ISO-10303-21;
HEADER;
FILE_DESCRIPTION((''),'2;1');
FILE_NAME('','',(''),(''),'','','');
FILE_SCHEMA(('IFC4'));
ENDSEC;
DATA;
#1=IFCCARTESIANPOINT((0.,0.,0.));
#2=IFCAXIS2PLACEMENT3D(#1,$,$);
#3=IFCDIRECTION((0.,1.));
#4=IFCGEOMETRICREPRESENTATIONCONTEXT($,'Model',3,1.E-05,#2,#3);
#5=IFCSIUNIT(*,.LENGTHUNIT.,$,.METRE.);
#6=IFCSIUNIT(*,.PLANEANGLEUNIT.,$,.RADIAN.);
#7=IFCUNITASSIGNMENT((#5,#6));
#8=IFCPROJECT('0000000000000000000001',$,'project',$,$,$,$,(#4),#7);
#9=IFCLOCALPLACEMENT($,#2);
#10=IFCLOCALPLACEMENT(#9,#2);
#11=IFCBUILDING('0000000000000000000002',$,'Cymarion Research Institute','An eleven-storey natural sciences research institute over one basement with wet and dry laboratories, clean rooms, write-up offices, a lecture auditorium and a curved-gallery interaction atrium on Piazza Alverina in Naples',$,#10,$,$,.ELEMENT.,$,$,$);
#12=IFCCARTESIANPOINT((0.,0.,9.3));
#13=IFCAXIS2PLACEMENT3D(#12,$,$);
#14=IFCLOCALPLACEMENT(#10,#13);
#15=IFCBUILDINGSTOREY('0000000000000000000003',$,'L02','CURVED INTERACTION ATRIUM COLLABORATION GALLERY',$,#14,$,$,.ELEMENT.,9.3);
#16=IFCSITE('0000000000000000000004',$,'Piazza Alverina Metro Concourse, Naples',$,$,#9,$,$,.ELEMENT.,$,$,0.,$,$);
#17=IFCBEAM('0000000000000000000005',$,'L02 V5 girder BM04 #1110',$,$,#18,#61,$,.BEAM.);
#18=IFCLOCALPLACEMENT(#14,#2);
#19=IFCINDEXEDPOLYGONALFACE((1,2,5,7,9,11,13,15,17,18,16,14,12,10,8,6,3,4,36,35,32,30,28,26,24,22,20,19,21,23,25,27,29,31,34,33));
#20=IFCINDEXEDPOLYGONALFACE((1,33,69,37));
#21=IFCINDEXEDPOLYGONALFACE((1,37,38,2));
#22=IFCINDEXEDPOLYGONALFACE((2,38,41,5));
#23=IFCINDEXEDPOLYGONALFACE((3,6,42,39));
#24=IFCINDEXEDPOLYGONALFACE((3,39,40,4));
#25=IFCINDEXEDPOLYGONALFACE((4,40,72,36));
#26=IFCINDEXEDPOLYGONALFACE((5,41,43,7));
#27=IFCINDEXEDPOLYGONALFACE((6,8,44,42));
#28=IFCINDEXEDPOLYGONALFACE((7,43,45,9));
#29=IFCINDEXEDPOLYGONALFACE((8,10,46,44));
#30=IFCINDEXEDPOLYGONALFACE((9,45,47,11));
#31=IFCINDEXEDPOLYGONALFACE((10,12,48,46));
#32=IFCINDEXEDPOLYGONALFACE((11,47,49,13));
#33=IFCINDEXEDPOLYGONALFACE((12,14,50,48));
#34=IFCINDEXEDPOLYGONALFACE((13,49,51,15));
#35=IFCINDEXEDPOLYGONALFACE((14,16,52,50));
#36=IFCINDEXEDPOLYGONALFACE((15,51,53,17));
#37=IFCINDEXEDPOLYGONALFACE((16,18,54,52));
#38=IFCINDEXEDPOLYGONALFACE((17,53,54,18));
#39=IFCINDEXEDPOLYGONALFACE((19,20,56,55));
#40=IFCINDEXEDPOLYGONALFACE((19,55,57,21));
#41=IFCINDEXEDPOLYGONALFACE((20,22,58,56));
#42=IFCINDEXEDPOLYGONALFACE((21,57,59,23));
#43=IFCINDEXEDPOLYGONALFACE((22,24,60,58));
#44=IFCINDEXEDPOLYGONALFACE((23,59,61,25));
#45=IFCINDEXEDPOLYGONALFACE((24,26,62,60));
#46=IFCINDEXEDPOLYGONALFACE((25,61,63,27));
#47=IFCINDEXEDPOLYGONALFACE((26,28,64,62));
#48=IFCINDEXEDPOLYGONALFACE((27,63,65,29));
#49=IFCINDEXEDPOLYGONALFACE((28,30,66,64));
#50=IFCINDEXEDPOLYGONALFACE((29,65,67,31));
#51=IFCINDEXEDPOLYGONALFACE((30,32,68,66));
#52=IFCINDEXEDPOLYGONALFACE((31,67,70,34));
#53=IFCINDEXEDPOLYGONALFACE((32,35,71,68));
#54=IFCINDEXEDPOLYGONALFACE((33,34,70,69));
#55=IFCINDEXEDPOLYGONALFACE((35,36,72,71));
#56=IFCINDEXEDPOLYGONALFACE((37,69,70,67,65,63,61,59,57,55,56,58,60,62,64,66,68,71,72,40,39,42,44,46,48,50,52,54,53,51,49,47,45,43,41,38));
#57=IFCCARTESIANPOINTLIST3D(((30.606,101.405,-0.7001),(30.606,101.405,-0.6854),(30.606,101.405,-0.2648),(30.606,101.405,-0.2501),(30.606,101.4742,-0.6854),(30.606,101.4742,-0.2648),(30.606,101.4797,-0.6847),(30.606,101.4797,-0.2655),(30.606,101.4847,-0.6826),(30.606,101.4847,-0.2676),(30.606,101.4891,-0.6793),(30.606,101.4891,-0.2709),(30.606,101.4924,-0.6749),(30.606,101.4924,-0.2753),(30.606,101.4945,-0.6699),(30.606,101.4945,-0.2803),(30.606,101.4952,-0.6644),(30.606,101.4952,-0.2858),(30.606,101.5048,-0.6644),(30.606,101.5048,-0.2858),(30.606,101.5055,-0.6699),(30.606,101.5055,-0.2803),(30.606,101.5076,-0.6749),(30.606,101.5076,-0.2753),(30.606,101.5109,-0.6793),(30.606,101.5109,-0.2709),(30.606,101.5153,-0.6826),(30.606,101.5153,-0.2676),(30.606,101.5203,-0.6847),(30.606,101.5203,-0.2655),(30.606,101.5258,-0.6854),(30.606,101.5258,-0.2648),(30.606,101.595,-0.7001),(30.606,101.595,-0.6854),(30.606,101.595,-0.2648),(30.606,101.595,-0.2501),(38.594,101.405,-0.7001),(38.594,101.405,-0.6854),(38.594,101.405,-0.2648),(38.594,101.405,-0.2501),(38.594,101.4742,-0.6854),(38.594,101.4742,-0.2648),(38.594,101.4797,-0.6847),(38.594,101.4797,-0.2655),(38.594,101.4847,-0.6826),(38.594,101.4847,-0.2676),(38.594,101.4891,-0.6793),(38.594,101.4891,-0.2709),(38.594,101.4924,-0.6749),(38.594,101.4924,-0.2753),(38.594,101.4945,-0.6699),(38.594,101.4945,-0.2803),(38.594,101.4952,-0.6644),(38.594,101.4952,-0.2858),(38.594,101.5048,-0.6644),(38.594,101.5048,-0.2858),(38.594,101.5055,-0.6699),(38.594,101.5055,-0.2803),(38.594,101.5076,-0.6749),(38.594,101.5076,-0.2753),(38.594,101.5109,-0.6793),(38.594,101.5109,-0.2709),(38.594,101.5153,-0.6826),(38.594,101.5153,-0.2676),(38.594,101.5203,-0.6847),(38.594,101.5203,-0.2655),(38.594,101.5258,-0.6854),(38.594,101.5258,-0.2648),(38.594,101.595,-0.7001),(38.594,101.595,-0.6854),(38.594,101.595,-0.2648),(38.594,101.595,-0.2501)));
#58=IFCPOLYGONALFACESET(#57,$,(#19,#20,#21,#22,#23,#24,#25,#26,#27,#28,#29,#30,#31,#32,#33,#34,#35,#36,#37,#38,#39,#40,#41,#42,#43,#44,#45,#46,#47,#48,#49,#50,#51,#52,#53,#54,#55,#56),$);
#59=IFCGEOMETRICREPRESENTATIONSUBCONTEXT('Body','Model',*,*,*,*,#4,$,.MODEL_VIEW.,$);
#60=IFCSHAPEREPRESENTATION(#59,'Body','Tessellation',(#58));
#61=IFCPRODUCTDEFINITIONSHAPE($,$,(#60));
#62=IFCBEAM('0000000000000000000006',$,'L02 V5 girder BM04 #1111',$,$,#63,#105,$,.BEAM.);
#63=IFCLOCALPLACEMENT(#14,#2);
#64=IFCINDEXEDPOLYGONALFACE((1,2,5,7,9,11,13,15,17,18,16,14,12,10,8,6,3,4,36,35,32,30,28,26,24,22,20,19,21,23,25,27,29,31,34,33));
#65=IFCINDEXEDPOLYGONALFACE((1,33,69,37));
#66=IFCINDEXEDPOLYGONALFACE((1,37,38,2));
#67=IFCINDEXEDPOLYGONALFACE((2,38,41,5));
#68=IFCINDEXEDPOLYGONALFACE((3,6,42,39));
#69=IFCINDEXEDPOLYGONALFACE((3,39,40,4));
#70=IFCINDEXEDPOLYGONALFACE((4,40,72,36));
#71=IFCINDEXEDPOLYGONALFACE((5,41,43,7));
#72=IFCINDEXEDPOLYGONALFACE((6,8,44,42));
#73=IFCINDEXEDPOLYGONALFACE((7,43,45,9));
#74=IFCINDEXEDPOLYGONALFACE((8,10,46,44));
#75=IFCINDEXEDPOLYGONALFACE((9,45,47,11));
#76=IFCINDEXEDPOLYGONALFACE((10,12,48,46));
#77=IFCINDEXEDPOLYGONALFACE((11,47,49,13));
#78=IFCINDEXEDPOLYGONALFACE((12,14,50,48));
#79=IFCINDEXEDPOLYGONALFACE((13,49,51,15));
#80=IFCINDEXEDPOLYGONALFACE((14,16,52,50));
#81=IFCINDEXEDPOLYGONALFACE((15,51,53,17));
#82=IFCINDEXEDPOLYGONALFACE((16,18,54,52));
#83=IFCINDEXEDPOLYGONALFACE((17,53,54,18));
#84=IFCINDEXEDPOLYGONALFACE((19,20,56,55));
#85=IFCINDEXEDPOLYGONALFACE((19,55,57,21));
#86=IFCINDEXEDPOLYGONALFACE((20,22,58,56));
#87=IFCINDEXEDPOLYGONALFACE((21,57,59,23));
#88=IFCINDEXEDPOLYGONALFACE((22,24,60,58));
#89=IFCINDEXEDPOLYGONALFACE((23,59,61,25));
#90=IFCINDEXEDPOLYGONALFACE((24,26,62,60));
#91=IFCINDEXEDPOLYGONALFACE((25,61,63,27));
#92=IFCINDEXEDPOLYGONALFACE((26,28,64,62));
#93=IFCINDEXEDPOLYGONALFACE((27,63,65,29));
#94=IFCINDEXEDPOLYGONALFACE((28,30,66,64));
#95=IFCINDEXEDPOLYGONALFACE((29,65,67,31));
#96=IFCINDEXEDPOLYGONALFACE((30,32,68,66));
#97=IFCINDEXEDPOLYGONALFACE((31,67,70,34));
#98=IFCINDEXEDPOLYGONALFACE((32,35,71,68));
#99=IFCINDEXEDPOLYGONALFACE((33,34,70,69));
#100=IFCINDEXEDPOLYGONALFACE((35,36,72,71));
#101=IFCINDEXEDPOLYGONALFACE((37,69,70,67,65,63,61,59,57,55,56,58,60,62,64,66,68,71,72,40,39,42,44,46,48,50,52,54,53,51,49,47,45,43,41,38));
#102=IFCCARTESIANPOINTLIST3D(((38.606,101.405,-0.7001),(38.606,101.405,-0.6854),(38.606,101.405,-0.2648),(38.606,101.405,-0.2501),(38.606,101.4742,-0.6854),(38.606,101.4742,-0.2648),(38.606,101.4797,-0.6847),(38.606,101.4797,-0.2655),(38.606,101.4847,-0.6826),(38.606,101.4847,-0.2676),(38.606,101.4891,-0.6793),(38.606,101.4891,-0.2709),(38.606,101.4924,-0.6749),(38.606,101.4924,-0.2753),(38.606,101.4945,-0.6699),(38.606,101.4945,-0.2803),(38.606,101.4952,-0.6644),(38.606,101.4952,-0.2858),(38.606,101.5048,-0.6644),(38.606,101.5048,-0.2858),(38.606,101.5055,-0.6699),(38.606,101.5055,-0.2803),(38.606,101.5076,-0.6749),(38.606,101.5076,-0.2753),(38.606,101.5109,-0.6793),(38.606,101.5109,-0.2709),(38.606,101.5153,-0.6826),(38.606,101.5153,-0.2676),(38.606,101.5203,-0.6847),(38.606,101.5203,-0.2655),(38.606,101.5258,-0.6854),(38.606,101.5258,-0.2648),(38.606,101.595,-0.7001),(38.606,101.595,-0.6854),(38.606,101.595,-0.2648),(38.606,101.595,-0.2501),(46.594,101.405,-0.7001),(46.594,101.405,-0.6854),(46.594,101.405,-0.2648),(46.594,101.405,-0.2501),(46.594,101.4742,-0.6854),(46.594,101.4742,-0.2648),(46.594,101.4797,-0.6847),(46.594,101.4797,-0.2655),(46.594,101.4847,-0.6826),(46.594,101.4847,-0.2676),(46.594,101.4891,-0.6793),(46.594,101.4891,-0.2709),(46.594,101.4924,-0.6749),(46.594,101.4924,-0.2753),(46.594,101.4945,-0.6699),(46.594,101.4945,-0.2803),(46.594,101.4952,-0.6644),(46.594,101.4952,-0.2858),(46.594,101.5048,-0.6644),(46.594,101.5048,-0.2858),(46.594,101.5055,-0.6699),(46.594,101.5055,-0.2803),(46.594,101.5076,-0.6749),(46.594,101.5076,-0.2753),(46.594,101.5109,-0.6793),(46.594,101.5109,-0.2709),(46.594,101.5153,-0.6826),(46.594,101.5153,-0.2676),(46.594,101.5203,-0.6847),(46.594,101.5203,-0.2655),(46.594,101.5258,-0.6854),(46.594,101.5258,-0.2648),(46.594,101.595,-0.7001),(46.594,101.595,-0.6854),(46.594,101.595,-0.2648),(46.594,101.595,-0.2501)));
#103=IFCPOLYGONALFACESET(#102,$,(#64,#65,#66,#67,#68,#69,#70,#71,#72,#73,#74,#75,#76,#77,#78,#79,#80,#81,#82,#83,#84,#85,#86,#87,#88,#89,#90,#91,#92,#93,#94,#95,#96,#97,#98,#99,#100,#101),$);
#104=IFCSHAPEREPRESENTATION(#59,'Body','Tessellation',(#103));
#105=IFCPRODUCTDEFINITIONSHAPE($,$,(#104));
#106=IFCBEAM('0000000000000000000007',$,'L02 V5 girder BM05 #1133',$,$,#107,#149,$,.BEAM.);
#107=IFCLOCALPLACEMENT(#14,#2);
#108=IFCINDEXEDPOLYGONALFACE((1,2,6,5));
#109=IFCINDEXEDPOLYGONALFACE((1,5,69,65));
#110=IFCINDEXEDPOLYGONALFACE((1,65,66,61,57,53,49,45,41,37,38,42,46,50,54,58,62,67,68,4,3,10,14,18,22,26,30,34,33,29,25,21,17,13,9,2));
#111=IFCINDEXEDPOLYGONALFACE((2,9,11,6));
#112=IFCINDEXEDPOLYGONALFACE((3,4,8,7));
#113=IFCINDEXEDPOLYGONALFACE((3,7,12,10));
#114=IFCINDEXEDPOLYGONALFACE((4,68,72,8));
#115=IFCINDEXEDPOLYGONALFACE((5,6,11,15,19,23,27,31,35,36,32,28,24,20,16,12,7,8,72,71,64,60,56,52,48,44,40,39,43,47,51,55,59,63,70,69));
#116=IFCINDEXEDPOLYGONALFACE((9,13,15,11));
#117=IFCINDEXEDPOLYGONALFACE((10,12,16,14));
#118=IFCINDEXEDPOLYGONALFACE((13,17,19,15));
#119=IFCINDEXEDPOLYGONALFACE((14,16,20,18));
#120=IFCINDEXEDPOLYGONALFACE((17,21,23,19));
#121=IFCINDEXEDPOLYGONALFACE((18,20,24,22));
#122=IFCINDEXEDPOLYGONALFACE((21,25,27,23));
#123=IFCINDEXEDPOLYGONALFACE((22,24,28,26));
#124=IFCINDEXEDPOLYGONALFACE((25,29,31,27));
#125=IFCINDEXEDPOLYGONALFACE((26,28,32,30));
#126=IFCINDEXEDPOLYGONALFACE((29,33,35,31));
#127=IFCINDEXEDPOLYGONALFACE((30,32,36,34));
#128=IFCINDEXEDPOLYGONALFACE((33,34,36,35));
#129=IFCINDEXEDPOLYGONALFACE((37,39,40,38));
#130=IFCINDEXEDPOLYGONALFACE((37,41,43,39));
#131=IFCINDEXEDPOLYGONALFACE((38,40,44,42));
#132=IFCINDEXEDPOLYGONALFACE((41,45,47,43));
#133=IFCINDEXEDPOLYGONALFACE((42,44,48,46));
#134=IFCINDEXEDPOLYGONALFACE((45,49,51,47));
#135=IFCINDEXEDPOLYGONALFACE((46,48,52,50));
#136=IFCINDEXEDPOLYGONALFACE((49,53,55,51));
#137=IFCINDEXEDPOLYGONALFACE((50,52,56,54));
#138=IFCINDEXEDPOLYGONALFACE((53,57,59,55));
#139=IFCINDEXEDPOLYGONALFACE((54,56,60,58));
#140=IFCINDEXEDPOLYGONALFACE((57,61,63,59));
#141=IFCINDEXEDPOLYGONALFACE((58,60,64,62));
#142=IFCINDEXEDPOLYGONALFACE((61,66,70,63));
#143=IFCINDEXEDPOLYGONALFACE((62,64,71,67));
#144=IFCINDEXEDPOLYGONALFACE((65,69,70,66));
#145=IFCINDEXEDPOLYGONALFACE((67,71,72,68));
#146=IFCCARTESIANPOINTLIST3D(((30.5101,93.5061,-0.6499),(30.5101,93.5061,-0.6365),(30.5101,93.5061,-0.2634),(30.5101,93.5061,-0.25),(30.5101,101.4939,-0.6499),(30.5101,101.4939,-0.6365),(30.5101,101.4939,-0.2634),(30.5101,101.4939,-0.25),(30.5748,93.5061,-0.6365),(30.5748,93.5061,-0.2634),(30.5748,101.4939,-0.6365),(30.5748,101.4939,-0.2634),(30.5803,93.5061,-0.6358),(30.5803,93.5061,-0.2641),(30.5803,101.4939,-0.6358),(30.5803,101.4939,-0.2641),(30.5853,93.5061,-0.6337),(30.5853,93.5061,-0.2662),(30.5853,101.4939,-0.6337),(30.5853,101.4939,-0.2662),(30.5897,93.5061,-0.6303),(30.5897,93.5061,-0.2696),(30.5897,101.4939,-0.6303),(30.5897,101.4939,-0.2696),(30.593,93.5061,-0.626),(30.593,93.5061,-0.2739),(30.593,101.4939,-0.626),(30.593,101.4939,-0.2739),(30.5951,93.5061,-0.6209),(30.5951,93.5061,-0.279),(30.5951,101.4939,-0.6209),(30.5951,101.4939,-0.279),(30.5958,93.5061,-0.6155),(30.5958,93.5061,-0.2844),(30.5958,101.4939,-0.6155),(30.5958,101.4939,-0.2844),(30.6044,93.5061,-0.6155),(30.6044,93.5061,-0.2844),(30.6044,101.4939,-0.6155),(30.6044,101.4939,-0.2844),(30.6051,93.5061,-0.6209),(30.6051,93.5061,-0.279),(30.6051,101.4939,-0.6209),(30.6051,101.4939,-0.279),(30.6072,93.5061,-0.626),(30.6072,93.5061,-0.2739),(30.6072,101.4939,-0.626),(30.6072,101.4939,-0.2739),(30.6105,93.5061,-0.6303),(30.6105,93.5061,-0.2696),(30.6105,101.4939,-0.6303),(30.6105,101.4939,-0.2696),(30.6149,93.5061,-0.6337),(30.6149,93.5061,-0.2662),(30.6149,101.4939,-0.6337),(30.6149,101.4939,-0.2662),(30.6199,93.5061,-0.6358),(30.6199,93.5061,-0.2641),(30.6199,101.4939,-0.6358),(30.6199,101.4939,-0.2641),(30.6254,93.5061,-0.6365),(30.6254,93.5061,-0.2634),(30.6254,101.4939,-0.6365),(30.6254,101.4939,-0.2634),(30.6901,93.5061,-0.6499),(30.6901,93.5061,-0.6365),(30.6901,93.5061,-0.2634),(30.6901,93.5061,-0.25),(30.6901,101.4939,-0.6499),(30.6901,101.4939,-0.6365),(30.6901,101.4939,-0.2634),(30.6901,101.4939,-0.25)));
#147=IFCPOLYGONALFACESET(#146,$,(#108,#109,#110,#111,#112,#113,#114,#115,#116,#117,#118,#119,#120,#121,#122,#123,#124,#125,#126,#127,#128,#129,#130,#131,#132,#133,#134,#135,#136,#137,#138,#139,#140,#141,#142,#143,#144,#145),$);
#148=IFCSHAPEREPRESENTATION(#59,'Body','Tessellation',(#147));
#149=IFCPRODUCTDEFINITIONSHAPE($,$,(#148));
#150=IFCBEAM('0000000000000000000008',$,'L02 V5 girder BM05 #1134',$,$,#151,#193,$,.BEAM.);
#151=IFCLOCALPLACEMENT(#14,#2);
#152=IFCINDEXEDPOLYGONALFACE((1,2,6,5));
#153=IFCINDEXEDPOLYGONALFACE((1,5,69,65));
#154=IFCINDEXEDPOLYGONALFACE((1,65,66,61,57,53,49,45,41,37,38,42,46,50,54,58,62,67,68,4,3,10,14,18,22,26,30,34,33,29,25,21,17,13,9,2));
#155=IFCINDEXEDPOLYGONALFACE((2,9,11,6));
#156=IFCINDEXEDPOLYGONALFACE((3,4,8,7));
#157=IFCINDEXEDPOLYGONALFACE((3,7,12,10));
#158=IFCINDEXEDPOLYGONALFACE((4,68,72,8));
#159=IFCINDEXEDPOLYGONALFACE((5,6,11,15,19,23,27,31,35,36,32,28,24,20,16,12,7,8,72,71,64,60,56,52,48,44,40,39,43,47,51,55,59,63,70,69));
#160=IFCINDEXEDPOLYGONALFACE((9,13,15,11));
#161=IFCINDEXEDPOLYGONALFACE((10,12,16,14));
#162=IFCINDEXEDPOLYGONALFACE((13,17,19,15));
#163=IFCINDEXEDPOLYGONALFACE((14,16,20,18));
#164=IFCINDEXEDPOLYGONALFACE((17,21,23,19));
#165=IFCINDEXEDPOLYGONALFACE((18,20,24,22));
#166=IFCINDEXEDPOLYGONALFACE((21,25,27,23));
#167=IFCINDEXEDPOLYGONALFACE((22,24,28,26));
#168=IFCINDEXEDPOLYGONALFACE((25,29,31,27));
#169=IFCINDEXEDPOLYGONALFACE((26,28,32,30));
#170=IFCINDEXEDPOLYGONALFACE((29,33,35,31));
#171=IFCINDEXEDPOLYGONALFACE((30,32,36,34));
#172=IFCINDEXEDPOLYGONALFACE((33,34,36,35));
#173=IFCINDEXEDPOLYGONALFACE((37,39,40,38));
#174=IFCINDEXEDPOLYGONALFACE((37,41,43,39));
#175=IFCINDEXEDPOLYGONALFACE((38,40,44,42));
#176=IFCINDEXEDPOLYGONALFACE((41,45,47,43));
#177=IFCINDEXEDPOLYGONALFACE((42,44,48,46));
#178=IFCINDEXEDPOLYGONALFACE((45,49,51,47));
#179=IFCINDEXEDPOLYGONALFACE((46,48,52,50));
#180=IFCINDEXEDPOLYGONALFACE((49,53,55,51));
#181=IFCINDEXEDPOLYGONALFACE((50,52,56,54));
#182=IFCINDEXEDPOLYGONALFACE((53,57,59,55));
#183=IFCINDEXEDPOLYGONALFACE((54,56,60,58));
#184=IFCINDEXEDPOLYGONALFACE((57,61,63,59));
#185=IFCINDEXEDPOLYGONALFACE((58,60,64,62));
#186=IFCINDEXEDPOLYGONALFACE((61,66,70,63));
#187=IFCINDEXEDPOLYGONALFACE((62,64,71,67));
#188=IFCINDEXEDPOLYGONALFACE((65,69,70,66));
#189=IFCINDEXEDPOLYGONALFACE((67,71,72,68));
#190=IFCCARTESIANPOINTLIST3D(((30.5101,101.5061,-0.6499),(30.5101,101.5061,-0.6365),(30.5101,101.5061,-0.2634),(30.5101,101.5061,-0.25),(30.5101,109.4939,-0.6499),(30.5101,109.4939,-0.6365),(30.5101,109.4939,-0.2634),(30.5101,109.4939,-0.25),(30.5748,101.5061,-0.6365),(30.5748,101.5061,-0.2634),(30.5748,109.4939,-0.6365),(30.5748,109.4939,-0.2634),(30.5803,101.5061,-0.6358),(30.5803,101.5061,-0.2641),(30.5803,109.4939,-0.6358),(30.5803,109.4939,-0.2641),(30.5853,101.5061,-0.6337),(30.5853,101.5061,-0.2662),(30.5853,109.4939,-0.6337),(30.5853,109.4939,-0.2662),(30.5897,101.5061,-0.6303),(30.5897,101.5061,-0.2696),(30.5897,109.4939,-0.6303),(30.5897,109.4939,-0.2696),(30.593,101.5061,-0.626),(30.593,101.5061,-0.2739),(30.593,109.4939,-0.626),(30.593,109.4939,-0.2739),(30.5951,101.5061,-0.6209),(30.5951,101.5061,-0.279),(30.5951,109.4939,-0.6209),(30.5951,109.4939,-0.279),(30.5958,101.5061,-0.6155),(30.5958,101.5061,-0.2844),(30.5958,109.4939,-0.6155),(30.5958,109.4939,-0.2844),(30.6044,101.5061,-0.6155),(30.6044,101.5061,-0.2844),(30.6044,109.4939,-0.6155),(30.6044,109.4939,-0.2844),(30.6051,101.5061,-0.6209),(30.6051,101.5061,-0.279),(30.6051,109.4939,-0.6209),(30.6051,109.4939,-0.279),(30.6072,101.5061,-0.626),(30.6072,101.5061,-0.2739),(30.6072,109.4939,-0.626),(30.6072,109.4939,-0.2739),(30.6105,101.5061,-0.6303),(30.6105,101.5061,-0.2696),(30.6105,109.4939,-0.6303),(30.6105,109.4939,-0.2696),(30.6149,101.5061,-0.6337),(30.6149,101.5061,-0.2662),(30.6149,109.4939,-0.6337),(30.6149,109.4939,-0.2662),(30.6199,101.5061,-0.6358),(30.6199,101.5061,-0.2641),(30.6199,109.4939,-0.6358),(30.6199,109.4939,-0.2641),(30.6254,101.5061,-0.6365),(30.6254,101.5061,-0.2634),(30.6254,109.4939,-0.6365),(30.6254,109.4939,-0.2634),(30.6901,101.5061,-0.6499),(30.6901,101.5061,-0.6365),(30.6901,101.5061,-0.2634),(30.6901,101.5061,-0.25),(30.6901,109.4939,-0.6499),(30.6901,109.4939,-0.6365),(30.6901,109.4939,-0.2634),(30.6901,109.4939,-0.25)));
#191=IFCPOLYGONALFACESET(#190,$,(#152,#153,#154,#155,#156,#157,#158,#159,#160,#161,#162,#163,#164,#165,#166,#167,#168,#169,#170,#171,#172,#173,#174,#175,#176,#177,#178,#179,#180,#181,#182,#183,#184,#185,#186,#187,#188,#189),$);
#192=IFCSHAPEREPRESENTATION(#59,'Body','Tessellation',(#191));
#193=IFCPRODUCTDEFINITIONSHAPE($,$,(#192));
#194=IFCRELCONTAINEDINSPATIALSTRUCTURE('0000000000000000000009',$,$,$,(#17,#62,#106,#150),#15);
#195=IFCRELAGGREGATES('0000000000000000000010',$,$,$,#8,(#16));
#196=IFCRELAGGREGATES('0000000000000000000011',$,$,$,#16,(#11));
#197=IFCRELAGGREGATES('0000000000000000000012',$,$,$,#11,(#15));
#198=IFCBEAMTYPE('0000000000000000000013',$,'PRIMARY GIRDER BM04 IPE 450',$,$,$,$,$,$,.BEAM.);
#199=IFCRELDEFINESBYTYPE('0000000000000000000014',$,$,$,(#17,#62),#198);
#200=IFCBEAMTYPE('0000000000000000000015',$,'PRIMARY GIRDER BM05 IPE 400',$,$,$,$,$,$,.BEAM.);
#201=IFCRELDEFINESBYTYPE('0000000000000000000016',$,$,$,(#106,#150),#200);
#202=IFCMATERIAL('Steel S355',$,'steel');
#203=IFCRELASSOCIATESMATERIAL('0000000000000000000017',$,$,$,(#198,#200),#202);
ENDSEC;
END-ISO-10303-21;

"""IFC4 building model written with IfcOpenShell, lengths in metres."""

from ifc_helpers import new_model, si_unit, direction, frame, origin, origin_2d, place, context, subcontext, project, spatial, i_section, extrude, material, material_profile, profile_set, type_object, element, save


model = new_model("IFC4")

# Units and contexts
model_context = context("Model", 3, precision=1e-05, world=origin(), true_north=direction((0.0, 1.0)))
body_context = subcontext(model_context, "Body", "Model", "MODEL_VIEW")
ifc_project = project(units=[si_unit("LENGTHUNIT", "METRE"), si_unit("PLANEANGLEUNIT", "RADIAN")], contexts=[model_context])

# Site, building, storey
site_placement = place(None, origin())
site = spatial("IfcSite", under=ifc_project, at=site_placement, Name="Piazza Alverina Metro Concourse, Naples", CompositionType="ELEMENT", RefElevation=0.0)
building_placement = place(site_placement, origin())
building = spatial("IfcBuilding", under=site, at=building_placement, Name="Cymarion Research Institute", Description="An eleven-storey natural sciences research institute over one basement with wet and dry laboratories, clean rooms, write-up offices, a lecture auditorium and a curved-gallery interaction atrium on Piazza Alverina in Naples", CompositionType="ELEMENT")
storey_placement = place(building_placement, frame((0.0, 0.0, 9.3)))
storey = spatial("IfcBuildingStorey", under=building, at=storey_placement, Name="L02", Description="CURVED INTERACTION ATRIUM COLLABORATION GALLERY", CompositionType="ELEMENT", Elevation=9.3)

# Shared definitions
ifc_material_1 = material(Name="Steel S355", Category="steel")

# Beams
ifc_material_profile_1 = material_profile(ifc_material_1, i_section(OverallWidth=0.1899, OverallDepth=0.45, WebThickness=0.0095, FlangeThickness=0.0146, FilletRadius=0.021, at=origin_2d()), Name="IPE 450")
ifc_profile_set_1 = profile_set([ifc_material_profile_1], Name="Steel S355")
beam_type_1 = type_object("IfcBeamType", Name="PRIMARY GIRDER BM04 IPE 450", PredefinedType="BEAM", material=ifc_profile_set_1)
for number, where, z_axis, x_axis, name in (
    (1, (30.606, 101.5, -0.4751), (1.0, 0.0, 0.0), (0.0, 1.0, 0.0), "L02 V5 girder BM04 #1110"),
    (2, (38.606, 101.5, -0.4751), (1.0, 0.0, 0.0), (0.0, 1.0, 0.0), "L02 V5 girder BM04 #1111"),
):
    element("IfcBeam", number, at=place(storey_placement, frame(where, z_axis=z_axis, x_axis=x_axis)), inside=storey, type_object=beam_type_1, Name=name, PredefinedType="BEAM", context=body_context, shape_type="SweptSolid", body=[
        extrude(i_section(OverallWidth=0.1899, OverallDepth=0.45, WebThickness=0.0095, FlangeThickness=0.0146, FilletRadius=0.021, at=origin_2d()), origin(), (0.0, 0.0, 1.0), 7.988),
    ])
ifc_material_profile_2 = material_profile(ifc_material_1, i_section(OverallWidth=0.1799, OverallDepth=0.3999, WebThickness=0.0085, FlangeThickness=0.0134, FilletRadius=0.021, at=origin_2d()), Name="IPE 400")
ifc_profile_set_2 = profile_set([ifc_material_profile_2], Name="Steel S355")
beam_type_2 = type_object("IfcBeamType", Name="PRIMARY GIRDER BM05 IPE 400", PredefinedType="BEAM", material=ifc_profile_set_2)
for number, where, z_axis, x_axis, name in (
    (3, (30.6001, 93.5061, -0.45), (0.0, 1.0, 0.0), (-1.0, 0.0, 0.0), "L02 V5 girder BM05 #1133"),
    (4, (30.6001, 101.5061, -0.45), (0.0, 1.0, 0.0), (-1.0, 0.0, 0.0), "L02 V5 girder BM05 #1134"),
):
    element("IfcBeam", number, at=place(storey_placement, frame(where, z_axis=z_axis, x_axis=x_axis)), inside=storey, type_object=beam_type_2, Name=name, PredefinedType="BEAM", context=body_context, shape_type="SweptSolid", body=[
        extrude(i_section(OverallWidth=0.1799, OverallDepth=0.3999, WebThickness=0.0085, FlangeThickness=0.0134, FilletRadius=0.021, at=origin_2d()), origin(), (0.0, 0.0, 1.0), 7.9878),
    ])

save(model, "model.ifc")
